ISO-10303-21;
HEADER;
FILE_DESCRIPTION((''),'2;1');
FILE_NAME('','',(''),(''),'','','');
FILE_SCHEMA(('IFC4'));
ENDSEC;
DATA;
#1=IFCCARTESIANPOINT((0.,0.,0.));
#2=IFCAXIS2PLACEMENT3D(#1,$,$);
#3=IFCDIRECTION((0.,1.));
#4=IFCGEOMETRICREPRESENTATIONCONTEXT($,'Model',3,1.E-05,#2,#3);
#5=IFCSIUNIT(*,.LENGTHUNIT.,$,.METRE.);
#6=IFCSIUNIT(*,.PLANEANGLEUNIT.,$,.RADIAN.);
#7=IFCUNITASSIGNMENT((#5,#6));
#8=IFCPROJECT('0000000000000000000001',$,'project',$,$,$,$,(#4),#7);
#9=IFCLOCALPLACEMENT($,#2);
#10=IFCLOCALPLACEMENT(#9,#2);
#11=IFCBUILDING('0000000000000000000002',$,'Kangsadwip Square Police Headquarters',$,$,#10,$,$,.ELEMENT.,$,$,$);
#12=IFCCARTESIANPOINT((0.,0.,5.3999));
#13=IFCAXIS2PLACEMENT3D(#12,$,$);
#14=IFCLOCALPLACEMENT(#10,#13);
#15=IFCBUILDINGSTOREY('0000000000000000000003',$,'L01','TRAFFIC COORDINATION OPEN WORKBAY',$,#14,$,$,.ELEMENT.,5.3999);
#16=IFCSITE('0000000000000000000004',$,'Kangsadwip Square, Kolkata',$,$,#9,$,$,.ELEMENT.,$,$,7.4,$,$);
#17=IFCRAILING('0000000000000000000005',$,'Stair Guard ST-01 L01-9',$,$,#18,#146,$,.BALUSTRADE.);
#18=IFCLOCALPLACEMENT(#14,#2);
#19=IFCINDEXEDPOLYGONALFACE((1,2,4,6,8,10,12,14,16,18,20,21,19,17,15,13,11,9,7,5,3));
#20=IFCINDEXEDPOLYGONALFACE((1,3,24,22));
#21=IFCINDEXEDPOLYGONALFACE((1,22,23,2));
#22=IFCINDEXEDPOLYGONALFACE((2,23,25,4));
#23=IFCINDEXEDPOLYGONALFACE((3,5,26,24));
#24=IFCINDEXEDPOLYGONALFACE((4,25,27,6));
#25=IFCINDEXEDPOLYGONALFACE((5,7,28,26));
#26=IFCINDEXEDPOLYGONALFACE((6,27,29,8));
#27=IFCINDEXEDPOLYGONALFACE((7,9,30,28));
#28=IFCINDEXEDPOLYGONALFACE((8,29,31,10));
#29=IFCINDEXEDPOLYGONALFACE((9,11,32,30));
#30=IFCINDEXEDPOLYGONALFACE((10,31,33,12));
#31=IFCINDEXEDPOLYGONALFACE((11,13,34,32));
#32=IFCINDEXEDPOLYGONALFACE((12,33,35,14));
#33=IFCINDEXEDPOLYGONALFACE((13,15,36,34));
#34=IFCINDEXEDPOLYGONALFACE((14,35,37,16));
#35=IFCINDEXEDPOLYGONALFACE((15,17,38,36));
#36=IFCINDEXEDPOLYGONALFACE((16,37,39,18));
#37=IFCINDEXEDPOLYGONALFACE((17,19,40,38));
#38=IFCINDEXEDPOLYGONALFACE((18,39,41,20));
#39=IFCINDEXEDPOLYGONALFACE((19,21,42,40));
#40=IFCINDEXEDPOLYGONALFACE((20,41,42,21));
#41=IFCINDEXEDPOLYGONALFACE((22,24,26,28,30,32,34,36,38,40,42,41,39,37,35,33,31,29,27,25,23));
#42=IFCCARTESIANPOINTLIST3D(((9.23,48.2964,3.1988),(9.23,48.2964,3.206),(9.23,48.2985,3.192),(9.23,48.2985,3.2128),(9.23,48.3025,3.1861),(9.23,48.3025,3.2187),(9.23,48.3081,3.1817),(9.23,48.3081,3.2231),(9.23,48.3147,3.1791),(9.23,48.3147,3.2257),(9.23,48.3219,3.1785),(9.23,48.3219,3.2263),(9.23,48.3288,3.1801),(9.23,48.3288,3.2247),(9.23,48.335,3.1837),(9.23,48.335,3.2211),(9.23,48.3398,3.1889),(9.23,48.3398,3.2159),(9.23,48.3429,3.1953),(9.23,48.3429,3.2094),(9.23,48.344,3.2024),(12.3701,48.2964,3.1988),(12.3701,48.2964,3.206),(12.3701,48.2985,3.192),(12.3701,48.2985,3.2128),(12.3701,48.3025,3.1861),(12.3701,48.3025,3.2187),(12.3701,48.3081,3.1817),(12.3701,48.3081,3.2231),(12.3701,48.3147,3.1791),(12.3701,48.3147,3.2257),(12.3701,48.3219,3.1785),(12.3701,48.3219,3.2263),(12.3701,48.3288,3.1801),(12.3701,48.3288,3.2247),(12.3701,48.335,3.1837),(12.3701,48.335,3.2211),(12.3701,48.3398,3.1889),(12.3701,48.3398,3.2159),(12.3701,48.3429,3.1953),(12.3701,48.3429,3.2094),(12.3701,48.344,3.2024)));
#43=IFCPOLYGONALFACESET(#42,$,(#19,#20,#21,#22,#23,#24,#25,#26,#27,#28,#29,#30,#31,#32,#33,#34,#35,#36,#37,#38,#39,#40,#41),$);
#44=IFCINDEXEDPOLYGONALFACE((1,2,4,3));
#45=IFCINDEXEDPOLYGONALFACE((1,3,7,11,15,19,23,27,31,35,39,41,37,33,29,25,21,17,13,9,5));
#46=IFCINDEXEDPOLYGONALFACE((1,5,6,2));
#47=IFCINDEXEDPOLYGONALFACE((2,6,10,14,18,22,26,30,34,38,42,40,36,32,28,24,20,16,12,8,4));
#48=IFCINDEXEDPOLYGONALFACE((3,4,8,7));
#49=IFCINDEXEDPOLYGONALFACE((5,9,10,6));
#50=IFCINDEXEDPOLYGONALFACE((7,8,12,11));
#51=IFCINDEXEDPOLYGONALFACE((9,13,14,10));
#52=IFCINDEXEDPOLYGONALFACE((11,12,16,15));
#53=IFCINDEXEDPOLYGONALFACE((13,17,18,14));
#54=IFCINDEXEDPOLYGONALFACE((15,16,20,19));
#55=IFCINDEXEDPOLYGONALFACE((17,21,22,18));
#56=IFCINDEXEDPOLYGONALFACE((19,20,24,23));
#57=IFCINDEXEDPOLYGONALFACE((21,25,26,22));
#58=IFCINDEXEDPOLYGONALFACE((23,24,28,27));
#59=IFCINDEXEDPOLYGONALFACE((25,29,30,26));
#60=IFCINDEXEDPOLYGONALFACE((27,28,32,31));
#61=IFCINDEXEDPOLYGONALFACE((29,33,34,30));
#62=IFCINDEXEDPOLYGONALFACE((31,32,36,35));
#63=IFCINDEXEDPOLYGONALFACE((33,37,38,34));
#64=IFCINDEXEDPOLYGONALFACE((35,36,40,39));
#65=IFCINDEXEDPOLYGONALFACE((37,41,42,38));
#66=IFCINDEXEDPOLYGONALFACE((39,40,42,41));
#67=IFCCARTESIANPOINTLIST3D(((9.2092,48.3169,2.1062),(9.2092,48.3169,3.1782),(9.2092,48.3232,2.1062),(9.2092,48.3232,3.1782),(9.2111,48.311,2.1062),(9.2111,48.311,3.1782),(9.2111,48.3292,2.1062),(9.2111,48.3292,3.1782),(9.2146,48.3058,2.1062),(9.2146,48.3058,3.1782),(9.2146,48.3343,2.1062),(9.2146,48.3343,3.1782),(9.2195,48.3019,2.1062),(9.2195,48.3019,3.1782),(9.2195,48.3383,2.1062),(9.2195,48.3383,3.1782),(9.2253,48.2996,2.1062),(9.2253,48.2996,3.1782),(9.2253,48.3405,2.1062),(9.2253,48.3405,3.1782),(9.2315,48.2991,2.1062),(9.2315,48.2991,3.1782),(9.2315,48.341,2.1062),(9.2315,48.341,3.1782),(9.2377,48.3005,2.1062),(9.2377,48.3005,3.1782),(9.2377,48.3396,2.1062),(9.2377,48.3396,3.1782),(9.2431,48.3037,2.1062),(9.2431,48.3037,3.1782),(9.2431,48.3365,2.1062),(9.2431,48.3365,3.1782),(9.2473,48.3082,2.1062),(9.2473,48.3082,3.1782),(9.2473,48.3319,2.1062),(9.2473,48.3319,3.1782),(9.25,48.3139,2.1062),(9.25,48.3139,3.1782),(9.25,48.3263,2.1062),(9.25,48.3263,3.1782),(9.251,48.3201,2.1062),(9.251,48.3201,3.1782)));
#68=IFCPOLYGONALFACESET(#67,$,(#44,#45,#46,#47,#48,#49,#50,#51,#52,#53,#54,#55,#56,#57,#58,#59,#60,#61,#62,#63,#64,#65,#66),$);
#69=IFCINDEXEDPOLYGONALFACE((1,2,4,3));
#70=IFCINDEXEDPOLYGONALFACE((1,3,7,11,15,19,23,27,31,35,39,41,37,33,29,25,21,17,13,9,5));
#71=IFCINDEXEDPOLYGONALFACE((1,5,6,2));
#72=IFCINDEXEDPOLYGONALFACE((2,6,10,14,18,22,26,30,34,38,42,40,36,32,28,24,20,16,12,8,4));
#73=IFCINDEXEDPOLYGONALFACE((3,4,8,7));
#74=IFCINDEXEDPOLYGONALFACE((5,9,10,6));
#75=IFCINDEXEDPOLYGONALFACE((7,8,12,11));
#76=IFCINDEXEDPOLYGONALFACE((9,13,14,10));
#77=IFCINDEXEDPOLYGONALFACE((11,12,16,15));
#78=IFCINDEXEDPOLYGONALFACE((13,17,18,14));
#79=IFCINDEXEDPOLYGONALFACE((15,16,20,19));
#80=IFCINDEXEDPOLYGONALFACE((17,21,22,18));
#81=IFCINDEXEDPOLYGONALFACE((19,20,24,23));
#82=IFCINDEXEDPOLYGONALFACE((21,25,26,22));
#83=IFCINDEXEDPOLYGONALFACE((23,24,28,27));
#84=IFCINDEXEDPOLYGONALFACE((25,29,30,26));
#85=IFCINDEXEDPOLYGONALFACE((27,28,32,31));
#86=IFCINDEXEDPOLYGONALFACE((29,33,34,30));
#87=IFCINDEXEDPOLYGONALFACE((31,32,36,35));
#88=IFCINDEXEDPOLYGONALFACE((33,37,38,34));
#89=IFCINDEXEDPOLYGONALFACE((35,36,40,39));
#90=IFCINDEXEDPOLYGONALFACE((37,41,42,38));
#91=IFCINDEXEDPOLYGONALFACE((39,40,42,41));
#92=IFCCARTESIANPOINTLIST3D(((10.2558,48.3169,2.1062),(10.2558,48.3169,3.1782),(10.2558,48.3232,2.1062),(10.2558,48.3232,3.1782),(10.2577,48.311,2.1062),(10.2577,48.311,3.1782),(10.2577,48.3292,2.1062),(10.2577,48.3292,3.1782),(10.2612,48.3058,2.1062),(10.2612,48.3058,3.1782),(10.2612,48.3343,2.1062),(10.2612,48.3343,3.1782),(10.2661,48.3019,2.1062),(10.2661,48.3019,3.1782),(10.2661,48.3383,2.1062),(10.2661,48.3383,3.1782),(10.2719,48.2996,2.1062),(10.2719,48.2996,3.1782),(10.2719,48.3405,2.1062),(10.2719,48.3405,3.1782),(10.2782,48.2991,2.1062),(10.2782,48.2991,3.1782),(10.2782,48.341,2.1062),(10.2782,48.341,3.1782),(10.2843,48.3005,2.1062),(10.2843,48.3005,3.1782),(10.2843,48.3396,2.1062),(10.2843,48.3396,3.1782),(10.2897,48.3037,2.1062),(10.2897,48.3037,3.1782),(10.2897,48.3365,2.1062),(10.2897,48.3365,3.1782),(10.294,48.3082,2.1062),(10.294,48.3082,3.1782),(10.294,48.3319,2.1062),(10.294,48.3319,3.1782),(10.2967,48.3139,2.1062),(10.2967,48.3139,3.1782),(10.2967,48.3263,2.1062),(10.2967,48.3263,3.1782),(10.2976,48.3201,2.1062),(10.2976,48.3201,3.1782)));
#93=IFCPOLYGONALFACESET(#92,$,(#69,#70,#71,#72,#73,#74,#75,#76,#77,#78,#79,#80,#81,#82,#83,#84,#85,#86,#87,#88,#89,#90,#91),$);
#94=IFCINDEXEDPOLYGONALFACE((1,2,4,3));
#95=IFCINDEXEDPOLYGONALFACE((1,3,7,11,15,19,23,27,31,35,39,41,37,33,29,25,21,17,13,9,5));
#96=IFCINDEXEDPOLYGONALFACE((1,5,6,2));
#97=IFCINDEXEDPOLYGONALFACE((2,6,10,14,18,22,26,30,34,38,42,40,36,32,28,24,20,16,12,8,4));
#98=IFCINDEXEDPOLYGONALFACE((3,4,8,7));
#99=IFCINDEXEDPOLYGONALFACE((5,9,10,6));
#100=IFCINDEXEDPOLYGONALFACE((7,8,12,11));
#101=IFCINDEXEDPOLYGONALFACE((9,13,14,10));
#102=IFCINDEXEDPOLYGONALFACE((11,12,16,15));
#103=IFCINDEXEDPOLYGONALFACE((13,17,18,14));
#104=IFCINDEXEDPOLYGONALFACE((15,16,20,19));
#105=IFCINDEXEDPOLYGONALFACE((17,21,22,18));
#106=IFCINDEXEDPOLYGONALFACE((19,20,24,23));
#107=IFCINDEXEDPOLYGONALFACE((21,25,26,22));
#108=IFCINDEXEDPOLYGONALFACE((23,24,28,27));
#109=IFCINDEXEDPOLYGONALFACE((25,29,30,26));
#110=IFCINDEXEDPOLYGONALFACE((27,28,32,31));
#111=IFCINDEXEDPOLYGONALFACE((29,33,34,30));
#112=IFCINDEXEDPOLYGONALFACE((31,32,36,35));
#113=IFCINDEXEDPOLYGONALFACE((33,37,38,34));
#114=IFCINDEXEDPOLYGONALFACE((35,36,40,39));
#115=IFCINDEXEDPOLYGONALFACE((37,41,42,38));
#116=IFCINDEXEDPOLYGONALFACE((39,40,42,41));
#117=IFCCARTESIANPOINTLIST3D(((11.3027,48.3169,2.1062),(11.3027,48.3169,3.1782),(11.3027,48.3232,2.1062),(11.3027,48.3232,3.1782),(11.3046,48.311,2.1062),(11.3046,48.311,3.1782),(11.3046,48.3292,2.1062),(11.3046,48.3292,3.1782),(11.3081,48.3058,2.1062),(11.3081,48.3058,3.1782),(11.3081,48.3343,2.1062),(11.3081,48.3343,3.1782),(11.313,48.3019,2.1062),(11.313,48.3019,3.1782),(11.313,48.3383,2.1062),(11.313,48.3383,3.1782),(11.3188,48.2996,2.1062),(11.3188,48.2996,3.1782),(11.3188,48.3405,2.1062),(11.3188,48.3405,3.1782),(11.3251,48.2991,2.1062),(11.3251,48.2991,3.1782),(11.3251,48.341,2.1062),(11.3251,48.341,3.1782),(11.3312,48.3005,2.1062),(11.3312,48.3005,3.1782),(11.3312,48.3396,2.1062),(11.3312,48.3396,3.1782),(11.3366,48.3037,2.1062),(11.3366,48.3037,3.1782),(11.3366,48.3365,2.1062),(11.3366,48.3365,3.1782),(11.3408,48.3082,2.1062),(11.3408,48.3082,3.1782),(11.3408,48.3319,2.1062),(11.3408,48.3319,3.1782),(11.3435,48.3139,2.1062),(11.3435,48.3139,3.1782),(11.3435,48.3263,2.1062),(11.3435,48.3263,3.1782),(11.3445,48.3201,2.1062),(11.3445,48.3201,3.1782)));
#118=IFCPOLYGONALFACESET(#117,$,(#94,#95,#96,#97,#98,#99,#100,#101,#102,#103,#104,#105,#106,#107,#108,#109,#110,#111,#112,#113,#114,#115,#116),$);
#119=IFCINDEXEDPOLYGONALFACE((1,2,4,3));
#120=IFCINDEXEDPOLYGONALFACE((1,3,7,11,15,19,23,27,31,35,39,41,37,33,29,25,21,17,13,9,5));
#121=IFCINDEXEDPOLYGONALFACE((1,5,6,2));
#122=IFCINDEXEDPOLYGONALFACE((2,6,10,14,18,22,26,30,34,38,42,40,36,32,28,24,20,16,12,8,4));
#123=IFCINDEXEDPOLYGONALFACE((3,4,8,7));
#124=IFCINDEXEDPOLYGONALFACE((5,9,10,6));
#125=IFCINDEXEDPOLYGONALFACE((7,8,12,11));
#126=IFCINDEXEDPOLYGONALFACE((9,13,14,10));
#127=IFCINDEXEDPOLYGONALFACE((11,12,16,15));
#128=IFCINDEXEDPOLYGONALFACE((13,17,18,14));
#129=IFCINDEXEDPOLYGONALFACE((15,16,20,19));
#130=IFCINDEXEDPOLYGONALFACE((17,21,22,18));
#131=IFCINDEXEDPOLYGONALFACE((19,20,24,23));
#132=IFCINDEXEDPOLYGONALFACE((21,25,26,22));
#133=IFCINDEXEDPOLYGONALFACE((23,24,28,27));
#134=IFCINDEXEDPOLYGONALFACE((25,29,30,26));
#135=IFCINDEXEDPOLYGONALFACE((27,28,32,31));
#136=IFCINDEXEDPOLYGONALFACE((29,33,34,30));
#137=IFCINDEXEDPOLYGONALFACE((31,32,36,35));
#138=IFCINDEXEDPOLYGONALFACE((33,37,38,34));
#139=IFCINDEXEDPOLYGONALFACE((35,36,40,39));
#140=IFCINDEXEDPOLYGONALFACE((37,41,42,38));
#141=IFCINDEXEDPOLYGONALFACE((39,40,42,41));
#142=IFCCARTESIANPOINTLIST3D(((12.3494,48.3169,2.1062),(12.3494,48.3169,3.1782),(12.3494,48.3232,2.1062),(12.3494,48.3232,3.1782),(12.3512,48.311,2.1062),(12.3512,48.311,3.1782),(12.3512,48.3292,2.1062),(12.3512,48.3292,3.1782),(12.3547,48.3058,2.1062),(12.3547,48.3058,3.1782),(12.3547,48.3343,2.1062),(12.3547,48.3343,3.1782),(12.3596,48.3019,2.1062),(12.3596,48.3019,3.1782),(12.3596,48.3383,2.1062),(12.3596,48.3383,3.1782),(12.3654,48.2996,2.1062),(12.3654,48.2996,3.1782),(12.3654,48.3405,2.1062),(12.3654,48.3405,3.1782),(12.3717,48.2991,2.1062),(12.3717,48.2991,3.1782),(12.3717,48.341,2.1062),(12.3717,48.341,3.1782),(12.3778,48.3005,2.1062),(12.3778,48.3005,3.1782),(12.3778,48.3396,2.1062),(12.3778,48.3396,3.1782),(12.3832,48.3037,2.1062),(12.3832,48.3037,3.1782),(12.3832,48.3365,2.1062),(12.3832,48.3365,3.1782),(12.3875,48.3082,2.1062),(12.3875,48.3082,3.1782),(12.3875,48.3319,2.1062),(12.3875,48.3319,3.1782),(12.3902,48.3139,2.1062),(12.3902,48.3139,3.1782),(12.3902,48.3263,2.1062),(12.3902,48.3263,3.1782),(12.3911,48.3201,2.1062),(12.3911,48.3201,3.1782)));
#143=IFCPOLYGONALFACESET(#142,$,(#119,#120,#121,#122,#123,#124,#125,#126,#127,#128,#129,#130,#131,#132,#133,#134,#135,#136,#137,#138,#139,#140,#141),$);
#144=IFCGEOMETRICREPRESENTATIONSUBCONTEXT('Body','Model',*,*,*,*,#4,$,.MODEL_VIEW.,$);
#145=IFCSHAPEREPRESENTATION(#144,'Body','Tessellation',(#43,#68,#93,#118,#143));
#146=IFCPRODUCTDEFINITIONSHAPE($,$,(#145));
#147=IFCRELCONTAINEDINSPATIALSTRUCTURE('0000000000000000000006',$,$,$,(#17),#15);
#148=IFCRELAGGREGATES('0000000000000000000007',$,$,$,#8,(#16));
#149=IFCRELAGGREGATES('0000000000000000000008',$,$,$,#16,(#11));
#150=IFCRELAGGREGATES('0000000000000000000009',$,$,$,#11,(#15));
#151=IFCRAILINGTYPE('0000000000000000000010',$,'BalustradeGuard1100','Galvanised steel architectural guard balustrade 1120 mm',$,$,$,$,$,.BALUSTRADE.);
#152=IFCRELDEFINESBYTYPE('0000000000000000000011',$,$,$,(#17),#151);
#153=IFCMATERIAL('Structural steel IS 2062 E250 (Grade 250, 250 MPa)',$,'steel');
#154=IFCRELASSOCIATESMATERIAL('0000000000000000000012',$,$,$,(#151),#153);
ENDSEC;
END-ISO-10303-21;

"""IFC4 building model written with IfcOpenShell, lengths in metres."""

from ifc_helpers import new_model, si_unit, direction, frame, origin, origin_2d, place, context, subcontext, project, spatial, circle, extrude, material, type_object, element, save


model = new_model("IFC4")

# Units and contexts
model_context = context("Model", 3, precision=1e-05, world=origin(), true_north=direction((0.0, 1.0)))
body_context = subcontext(model_context, "Body", "Model", "MODEL_VIEW")
ifc_project = project(units=[si_unit("LENGTHUNIT", "METRE"), si_unit("PLANEANGLEUNIT", "RADIAN")], contexts=[model_context])

# Site, building, storey
site_placement = place(None, origin())
site = spatial("IfcSite", under=ifc_project, at=site_placement, Name="Kangsadwip Square, Kolkata", CompositionType="ELEMENT", RefElevation=7.4)
building_placement = place(site_placement, origin())
building = spatial("IfcBuilding", under=site, at=building_placement, Name="Kangsadwip Square Police Headquarters", CompositionType="ELEMENT")
storey_placement = place(building_placement, frame((0.0, 0.0, 5.3999)))
storey = spatial("IfcBuildingStorey", under=building, at=storey_placement, Name="L01", Description="TRAFFIC COORDINATION OPEN WORKBAY", CompositionType="ELEMENT", Elevation=5.3999)

# Railing
ifc_material_1 = material(Name="Structural steel IS 2062 E250 (Grade 250, 250 MPa)", Category="steel")
railing_type_1 = type_object("IfcRailingType", Name="BalustradeGuard1100", Description="Galvanised steel architectural guard balustrade 1120 mm", PredefinedType="BALUSTRADE", material=ifc_material_1)
for number, where, name in (
    (1, (9.23, 48.3201, 2.1062), "Stair Guard ST-01 L01-9"),
):
    element("IfcRailing", number, at=place(storey_placement, frame(where)), inside=storey, type_object=railing_type_1, Name=name, PredefinedType="BALUSTRADE", context=body_context, shape_type="SweptSolid", body=[
        extrude(circle(Radius=0.0239, at=origin_2d()), frame((0.0, 0.0, 1.0962), z_axis=(1.0, 0.0, 0.0), x_axis=(0.0, 1.0, 0.0)), (0.0, 0.0, 1.0), 3.1401),
        extrude(circle(Radius=0.021, at=origin_2d()), origin(), (0.0, 0.0, 1.0), 1.072),
        extrude(circle(Radius=0.021, at=origin_2d()), frame((1.0466, 0.0, 0.0)), (0.0, 0.0, 1.0), 1.072),
        extrude(circle(Radius=0.021, at=origin_2d()), frame((2.0935, 0.0, 0.0)), (0.0, 0.0, 1.0), 1.072),
        extrude(circle(Radius=0.021, at=origin_2d()), frame((3.1401, 0.0, 0.0)), (0.0, 0.0, 1.0), 1.072),
    ])

save(model, "model.ifc")
